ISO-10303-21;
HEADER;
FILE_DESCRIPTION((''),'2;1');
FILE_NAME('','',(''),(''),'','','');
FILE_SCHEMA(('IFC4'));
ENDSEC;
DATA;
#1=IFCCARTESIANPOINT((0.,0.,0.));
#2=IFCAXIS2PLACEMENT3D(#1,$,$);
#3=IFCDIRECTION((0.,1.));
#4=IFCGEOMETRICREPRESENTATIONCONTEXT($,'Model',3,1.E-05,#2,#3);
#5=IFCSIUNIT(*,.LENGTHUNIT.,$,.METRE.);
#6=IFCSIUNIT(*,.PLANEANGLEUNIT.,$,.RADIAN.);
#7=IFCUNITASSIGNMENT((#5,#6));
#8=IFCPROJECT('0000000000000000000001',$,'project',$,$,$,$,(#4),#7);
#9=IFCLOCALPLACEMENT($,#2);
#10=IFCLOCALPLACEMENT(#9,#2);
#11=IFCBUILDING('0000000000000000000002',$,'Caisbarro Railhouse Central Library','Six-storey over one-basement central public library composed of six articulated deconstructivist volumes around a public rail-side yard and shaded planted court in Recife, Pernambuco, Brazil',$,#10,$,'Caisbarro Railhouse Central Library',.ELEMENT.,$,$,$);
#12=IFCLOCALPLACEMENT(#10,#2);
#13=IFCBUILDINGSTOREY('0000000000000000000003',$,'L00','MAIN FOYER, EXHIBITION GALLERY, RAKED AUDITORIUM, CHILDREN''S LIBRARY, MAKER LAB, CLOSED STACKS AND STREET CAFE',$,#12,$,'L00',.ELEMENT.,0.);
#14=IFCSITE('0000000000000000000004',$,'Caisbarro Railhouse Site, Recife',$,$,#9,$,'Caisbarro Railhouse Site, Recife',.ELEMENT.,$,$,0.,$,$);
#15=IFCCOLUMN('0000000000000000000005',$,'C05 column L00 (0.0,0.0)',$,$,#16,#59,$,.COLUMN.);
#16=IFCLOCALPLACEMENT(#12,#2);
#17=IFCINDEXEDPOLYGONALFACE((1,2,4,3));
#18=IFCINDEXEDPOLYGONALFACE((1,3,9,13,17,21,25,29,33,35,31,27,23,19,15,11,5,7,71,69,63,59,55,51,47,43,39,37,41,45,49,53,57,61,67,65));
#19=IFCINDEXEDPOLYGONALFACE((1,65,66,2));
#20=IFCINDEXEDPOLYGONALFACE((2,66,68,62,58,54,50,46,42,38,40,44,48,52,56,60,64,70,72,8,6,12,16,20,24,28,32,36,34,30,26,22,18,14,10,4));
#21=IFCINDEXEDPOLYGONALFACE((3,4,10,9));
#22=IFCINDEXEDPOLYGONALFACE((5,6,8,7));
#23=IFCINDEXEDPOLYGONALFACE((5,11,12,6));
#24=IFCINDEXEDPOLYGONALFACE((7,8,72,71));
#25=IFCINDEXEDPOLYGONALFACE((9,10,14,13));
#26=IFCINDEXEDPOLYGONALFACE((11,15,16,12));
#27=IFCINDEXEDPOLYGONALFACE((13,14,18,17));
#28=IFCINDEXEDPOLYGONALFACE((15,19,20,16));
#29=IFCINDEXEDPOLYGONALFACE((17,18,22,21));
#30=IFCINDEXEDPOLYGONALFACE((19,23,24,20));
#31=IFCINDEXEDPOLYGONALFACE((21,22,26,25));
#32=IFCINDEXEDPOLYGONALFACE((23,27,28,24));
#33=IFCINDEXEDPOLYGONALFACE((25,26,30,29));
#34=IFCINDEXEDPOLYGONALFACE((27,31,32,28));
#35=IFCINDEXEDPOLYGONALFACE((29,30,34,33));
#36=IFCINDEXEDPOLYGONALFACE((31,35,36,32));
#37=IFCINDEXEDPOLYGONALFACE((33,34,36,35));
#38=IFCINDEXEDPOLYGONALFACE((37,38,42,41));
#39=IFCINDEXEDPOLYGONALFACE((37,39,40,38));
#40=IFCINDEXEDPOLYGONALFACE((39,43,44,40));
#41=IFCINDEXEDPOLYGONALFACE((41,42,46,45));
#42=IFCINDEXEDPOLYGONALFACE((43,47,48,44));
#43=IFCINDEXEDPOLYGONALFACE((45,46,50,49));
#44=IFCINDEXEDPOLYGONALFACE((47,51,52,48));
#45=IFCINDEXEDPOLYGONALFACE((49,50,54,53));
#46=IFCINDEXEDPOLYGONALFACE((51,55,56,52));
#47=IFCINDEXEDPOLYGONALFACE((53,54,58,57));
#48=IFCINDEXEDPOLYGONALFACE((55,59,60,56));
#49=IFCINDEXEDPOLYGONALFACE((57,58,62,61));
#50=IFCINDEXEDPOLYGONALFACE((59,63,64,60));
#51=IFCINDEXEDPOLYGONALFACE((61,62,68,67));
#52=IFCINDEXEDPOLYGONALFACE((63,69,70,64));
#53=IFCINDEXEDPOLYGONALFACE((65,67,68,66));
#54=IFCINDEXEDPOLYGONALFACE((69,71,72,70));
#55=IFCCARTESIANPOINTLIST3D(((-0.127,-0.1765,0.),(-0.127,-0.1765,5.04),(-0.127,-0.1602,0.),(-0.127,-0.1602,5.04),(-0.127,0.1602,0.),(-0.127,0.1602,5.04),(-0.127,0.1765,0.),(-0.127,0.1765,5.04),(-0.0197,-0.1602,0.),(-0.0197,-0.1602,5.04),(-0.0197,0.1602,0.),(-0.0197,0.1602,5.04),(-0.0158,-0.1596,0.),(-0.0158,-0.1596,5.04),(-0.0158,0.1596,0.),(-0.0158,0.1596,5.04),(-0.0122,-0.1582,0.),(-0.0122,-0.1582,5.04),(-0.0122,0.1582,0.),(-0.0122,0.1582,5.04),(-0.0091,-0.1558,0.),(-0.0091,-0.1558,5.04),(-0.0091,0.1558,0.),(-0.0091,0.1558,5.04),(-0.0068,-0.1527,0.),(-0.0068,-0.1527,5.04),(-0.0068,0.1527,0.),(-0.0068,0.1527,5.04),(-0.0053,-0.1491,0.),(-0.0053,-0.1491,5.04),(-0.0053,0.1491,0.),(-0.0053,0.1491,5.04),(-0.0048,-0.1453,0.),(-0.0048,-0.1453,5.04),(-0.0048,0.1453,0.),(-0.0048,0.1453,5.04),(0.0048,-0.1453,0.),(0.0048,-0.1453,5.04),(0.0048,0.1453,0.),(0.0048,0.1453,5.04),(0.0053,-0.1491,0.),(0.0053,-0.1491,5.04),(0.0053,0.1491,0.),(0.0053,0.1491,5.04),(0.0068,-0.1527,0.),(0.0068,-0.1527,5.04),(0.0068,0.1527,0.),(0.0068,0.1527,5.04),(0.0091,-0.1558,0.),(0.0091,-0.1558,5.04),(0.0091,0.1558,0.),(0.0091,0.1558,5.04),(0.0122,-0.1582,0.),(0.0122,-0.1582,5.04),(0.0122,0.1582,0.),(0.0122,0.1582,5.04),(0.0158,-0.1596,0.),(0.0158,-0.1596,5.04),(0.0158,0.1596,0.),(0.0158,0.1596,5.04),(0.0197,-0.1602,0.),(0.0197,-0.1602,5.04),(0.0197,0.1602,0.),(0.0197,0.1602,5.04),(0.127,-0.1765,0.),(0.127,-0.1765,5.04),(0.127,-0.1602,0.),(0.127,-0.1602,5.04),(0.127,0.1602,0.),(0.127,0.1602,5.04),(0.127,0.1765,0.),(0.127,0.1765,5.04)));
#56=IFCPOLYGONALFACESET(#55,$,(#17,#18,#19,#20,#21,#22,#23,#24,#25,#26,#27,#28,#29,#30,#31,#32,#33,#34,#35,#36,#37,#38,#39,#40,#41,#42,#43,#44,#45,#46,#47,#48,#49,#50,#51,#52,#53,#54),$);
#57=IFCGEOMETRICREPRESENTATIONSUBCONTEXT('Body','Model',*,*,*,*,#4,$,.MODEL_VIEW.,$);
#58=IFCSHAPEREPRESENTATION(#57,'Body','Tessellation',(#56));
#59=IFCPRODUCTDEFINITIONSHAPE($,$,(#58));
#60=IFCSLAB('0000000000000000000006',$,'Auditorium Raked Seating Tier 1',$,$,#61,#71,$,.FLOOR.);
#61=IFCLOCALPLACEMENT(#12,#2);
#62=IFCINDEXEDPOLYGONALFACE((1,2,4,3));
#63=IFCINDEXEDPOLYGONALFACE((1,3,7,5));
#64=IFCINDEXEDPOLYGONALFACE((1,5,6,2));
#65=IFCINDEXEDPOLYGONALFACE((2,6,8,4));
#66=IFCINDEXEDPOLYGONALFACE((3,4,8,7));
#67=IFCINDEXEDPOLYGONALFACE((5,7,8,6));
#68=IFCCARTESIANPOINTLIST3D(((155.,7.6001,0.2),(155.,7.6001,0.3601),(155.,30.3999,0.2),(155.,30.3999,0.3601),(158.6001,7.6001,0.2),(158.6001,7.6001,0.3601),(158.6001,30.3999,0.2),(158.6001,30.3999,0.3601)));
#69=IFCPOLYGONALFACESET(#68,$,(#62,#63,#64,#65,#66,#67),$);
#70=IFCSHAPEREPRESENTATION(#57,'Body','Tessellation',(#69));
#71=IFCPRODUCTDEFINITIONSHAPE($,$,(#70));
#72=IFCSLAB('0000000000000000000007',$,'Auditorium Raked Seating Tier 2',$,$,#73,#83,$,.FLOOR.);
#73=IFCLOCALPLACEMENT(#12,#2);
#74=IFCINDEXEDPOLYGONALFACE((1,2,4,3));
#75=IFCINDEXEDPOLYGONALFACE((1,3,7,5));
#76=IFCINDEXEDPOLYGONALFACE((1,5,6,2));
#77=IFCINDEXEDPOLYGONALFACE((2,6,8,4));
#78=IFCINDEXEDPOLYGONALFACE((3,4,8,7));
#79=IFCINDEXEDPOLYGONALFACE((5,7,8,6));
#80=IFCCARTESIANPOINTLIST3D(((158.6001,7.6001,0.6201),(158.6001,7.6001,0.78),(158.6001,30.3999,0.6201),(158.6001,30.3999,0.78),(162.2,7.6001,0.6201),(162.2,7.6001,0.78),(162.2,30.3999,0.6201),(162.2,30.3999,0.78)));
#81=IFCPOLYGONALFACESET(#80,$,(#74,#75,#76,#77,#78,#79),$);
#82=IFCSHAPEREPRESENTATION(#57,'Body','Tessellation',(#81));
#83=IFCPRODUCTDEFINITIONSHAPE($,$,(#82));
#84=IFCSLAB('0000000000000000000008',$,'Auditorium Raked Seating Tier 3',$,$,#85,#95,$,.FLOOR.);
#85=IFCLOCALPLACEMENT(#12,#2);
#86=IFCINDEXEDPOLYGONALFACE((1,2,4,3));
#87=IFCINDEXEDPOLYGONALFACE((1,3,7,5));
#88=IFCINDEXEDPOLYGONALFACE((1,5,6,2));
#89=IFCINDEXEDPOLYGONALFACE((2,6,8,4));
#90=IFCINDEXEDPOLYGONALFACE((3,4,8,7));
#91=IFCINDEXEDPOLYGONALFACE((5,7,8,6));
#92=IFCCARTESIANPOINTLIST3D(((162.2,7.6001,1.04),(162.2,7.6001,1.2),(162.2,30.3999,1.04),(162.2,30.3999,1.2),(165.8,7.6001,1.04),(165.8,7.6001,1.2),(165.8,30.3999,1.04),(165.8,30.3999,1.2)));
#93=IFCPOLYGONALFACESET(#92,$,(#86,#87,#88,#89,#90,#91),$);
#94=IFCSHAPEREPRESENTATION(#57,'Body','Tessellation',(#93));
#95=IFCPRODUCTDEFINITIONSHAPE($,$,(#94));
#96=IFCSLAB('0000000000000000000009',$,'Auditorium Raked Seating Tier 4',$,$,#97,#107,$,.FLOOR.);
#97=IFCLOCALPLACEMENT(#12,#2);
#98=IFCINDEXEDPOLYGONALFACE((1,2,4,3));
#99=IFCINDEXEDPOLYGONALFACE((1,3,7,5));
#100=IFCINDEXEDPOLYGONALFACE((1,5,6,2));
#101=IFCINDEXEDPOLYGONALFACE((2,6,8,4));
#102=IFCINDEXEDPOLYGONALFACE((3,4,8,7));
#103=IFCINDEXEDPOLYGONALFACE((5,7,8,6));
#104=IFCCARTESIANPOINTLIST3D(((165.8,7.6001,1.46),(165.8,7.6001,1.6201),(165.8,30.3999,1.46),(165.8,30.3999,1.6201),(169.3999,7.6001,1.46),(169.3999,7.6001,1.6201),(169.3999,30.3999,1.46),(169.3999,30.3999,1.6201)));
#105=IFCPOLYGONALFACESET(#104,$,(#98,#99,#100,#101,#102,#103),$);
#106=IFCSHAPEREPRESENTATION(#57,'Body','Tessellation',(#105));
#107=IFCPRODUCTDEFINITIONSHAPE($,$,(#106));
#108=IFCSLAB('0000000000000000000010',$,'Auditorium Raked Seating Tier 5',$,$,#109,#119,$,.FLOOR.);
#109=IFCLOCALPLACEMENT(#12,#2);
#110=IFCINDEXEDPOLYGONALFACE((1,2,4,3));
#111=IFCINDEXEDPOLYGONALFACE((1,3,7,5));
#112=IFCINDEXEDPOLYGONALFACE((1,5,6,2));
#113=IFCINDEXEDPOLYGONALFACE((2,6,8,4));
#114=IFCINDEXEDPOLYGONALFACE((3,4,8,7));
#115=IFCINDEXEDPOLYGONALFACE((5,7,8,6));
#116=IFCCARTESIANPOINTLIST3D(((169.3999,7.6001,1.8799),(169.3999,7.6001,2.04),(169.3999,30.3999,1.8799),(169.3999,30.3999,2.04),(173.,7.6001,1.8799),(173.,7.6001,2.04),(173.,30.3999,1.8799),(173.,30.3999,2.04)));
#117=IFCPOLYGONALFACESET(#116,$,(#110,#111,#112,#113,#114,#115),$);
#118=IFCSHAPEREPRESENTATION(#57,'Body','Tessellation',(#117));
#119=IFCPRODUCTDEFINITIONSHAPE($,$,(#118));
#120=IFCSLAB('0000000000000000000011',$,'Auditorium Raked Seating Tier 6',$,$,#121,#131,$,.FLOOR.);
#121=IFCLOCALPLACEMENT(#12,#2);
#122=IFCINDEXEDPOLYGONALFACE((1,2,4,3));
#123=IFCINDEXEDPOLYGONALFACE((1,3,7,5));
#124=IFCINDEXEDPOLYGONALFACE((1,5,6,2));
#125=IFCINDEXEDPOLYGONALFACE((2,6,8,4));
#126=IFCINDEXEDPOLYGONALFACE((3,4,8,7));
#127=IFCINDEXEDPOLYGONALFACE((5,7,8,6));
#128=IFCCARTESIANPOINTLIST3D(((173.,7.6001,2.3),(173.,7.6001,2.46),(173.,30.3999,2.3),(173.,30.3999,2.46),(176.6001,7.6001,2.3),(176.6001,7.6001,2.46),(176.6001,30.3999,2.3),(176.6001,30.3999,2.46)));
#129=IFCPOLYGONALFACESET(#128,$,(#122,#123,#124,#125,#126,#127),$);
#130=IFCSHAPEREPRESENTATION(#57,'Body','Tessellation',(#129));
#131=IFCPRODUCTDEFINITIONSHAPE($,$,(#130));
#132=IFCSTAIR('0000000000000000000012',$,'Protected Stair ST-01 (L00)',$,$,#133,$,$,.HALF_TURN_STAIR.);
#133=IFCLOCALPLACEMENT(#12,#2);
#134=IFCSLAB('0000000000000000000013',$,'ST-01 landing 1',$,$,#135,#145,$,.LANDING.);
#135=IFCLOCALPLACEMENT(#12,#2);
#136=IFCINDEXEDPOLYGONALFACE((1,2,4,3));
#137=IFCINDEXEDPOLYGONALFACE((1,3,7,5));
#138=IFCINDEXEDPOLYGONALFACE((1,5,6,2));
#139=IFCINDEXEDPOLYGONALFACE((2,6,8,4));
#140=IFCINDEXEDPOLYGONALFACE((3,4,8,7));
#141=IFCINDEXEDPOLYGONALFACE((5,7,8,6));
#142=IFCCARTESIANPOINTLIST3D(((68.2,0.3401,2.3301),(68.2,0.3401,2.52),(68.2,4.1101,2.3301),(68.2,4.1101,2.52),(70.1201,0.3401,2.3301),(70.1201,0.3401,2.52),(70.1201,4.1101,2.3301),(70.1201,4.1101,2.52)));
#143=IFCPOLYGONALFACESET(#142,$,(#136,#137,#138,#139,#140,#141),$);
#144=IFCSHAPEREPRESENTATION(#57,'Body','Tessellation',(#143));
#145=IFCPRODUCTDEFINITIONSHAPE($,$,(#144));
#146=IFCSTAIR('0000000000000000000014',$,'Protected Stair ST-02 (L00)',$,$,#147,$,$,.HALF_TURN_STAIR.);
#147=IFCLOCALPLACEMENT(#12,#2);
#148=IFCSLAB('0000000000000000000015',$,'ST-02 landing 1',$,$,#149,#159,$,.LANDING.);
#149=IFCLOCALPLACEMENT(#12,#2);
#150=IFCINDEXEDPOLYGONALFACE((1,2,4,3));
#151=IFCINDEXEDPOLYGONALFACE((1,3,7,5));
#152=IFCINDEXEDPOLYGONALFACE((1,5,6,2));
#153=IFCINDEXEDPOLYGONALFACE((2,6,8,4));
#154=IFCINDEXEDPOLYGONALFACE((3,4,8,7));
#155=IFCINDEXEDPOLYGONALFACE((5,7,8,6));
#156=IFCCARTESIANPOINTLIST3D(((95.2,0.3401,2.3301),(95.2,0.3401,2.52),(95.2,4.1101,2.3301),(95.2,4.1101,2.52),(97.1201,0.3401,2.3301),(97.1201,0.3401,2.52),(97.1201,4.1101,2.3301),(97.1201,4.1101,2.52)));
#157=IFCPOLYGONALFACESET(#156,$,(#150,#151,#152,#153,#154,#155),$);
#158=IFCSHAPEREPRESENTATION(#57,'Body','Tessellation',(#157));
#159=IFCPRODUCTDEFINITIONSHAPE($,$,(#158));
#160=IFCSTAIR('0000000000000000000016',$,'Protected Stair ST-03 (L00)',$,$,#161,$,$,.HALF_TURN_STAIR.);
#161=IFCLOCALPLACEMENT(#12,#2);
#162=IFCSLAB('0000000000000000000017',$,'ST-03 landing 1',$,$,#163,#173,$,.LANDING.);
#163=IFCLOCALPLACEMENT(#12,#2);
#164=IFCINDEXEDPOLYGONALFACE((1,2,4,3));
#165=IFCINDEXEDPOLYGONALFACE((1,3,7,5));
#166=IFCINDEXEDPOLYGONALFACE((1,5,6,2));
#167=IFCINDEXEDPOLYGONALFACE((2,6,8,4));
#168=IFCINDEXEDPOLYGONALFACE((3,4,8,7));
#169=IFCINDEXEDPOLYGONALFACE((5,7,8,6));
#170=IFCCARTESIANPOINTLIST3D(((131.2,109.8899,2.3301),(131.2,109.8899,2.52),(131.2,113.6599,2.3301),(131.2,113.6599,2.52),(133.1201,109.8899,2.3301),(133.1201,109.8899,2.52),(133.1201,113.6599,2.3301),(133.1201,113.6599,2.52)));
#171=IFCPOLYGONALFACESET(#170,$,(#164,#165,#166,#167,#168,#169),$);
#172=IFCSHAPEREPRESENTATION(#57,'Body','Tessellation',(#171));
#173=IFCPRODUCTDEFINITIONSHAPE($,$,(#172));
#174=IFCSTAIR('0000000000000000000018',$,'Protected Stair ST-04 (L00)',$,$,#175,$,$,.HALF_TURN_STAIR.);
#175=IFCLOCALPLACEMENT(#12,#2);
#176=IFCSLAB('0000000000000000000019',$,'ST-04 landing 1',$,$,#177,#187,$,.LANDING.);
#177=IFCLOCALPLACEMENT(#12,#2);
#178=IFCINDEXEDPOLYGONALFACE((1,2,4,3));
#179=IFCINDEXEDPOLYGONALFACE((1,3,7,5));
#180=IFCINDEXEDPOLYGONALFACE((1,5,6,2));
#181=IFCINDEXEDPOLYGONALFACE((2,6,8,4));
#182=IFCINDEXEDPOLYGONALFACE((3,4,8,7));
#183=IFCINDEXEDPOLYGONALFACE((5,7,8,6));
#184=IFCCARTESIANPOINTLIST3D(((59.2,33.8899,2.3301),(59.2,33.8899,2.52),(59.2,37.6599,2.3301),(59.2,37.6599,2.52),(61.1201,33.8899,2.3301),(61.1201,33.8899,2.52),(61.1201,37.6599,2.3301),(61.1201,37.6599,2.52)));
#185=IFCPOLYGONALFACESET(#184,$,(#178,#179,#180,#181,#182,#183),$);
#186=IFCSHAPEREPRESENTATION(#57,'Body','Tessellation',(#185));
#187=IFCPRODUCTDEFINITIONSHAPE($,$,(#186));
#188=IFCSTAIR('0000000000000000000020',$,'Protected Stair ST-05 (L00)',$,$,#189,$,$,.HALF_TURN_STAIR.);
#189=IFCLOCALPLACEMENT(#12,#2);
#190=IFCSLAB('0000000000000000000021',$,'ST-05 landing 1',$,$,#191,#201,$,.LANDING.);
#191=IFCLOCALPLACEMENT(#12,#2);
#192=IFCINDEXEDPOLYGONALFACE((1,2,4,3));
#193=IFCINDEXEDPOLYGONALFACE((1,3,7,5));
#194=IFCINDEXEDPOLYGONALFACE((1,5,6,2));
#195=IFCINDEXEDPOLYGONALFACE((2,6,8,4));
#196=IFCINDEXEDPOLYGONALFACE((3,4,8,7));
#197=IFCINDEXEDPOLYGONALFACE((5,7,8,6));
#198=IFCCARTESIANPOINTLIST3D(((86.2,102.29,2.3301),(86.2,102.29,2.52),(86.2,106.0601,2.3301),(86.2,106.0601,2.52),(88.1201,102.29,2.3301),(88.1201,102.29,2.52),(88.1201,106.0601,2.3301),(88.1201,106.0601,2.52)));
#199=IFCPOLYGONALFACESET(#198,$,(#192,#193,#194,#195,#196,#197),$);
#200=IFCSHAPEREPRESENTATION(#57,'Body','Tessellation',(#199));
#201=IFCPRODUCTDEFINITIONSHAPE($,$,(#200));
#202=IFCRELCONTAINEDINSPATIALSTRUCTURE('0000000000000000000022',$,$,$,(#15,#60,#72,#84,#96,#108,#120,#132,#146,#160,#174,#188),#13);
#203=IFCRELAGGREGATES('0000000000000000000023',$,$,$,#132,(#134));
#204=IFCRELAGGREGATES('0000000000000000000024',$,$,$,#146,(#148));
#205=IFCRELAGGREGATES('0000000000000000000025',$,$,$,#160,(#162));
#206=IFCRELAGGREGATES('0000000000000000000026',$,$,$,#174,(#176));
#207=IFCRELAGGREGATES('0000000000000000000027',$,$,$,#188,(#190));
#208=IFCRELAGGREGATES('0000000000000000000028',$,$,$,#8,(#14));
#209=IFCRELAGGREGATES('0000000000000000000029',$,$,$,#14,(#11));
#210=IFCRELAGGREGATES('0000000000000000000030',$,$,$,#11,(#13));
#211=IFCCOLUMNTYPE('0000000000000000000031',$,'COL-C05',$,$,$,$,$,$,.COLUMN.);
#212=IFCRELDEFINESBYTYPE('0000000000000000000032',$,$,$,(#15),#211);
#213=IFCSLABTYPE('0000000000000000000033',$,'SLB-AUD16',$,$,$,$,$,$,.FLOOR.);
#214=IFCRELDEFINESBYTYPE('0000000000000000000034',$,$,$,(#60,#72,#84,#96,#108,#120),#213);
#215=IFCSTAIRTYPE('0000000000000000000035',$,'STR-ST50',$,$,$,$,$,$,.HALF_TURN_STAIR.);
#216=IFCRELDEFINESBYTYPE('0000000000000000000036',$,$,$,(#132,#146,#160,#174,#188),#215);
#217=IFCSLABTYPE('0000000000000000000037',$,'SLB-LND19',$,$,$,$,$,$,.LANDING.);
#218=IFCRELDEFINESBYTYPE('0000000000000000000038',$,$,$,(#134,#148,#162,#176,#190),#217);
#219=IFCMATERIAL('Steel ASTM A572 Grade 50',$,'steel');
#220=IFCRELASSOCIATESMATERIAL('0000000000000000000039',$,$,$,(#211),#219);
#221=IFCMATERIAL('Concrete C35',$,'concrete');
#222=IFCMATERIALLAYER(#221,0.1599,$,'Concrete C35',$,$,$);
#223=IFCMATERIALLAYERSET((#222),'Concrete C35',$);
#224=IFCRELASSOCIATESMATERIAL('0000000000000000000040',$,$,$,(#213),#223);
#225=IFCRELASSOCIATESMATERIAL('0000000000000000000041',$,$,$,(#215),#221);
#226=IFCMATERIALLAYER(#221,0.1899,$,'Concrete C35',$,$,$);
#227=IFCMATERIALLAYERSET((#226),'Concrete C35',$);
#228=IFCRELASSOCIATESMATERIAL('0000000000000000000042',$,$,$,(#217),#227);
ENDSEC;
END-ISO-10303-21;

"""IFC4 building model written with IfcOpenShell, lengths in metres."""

from ifc_helpers import new_model, si_unit, direction, frame, origin, origin_with_axes, origin_2d, place, context, subcontext, project, spatial, polyline, i_section, outline, extrude, material, layer, layer_set, material_profile, profile_set, type_object, element, aggregate, save


model = new_model("IFC4")

# Units and contexts
model_context = context("Model", 3, precision=1e-05, world=origin(), true_north=direction((0.0, 1.0)))
body_context = subcontext(model_context, "Body", "Model", "MODEL_VIEW")
ifc_project = project(units=[si_unit("LENGTHUNIT", "METRE"), si_unit("PLANEANGLEUNIT", "RADIAN")], contexts=[model_context])

# Site, building, storey
site_placement = place(None, origin())
site = spatial("IfcSite", under=ifc_project, at=site_placement, Name="Caisbarro Railhouse Site, Recife", LongName="Caisbarro Railhouse Site, Recife", CompositionType="ELEMENT", RefElevation=0.0)
building_placement = place(site_placement, origin())
building = spatial("IfcBuilding", under=site, at=building_placement, Name="Caisbarro Railhouse Central Library", Description="Six-storey over one-basement central public library composed of six articulated deconstructivist volumes around a public rail-side yard and shaded planted court in Recife, Pernambuco, Brazil", LongName="Caisbarro Railhouse Central Library", CompositionType="ELEMENT")
storey_placement = place(building_placement, origin())
storey = spatial("IfcBuildingStorey", under=building, at=storey_placement, Name="L00", Description="MAIN FOYER, EXHIBITION GALLERY, RAKED AUDITORIUM, CHILDREN'S LIBRARY, MAKER LAB, CLOSED STACKS AND STREET CAFE", LongName="L00", CompositionType="ELEMENT", Elevation=0.0)

# Column
ifc_material_1 = material(Name="Steel ASTM A572 Grade 50", Category="steel")
ifc_material_profile = material_profile(ifc_material_1, i_section(OverallWidth=0.2539, OverallDepth=0.353, WebThickness=0.0095, FlangeThickness=0.0164, FilletRadius=0.0149, at=origin_2d()), Name="W360X91.0")
ifc_profile_set = profile_set([ifc_material_profile], Name="Steel ASTM A572 Grade 50")
column_type = type_object("IfcColumnType", Name="COL-C05", PredefinedType="COLUMN", material=ifc_profile_set)
column_placement = place(storey_placement, origin_with_axes())
element("IfcColumn", 1, at=column_placement, inside=storey, type_object=column_type, Name="C05 column L00 (0.0,0.0)", PredefinedType="COLUMN", context=body_context, shape_type="SweptSolid", body=[
    extrude(i_section(OverallWidth=0.2539, OverallDepth=0.353, WebThickness=0.0095, FlangeThickness=0.0164, FilletRadius=0.0149, at=origin_2d()), origin(), (0.0, 0.0, 1.0), 5.04),
])

# Slabs
ifc_material_2 = material(Name="Concrete C35", Category="concrete")
ifc_layer_1 = layer(ifc_material_2, 0.1599, Name="Concrete C35")
ifc_layer_set_1 = layer_set([ifc_layer_1], Name="Concrete C35")
slab_type_1 = type_object("IfcSlabType", Name="SLB-AUD16", PredefinedType="FLOOR", material=ifc_layer_set_1)
slab_1_placement = place(storey_placement, frame((0.0, 0.0, 0.2)))
element("IfcSlab", 2, at=slab_1_placement, inside=storey, type_object=slab_type_1, Name="Auditorium Raked Seating Tier 1", PredefinedType="FLOOR", context=body_context, shape_type="SweptSolid", body=[
    extrude(outline(polyline([(155.0, 7.6001), (158.6001, 7.6001), (158.6001, 30.3999), (155.0, 30.3999), (155.0, 7.6001)])), origin(), (0.0, 0.0, 1.0), 0.1602),
])
slab_2_placement = place(storey_placement, frame((0.0, 0.0, 0.6201)))
element("IfcSlab", 3, at=slab_2_placement, inside=storey, type_object=slab_type_1, Name="Auditorium Raked Seating Tier 2", PredefinedType="FLOOR", context=body_context, shape_type="SweptSolid", body=[
    extrude(outline(polyline([(158.6001, 7.6001), (162.2, 7.6001), (162.2, 30.3999), (158.6001, 30.3999), (158.6001, 7.6001)])), origin(), (0.0, 0.0, 1.0), 0.1599),
])
slab_3_placement = place(storey_placement, frame((0.0, 0.0, 1.04)))
element("IfcSlab", 4, at=slab_3_placement, inside=storey, type_object=slab_type_1, Name="Auditorium Raked Seating Tier 3", PredefinedType="FLOOR", context=body_context, shape_type="SweptSolid", body=[
    extrude(outline(polyline([(162.2, 7.6001), (165.8, 7.6001), (165.8, 30.3999), (162.2, 30.3999), (162.2, 7.6001)])), origin(), (0.0, 0.0, 1.0), 0.1599),
])
slab_4_placement = place(storey_placement, frame((0.0, 0.0, 1.46)))
element("IfcSlab", 5, at=slab_4_placement, inside=storey, type_object=slab_type_1, Name="Auditorium Raked Seating Tier 4", PredefinedType="FLOOR", context=body_context, shape_type="SweptSolid", body=[
    extrude(outline(polyline([(165.8, 7.6001), (169.3999, 7.6001), (169.3999, 30.3999), (165.8, 30.3999), (165.8, 7.6001)])), origin(), (0.0, 0.0, 1.0), 0.1602),
])
slab_5_placement = place(storey_placement, frame((0.0, 0.0, 1.8799)))
element("IfcSlab", 6, at=slab_5_placement, inside=storey, type_object=slab_type_1, Name="Auditorium Raked Seating Tier 5", PredefinedType="FLOOR", context=body_context, shape_type="SweptSolid", body=[
    extrude(outline(polyline([(169.3999, 7.6001), (173.0, 7.6001), (173.0, 30.3999), (169.3999, 30.3999), (169.3999, 7.6001)])), origin(), (0.0, 0.0, 1.0), 0.1602),
])
slab_6_placement = place(storey_placement, frame((0.0, 0.0, 2.3)))
element("IfcSlab", 7, at=slab_6_placement, inside=storey, type_object=slab_type_1, Name="Auditorium Raked Seating Tier 6", PredefinedType="FLOOR", context=body_context, shape_type="SweptSolid", body=[
    extrude(outline(polyline([(173.0, 7.6001), (176.6001, 7.6001), (176.6001, 30.3999), (173.0, 30.3999), (173.0, 7.6001)])), origin(), (0.0, 0.0, 1.0), 0.1599),
])

# Stairs, slabs
stair_type = type_object("IfcStairType", Name="STR-ST50", PredefinedType="HALF_TURN_STAIR", material=ifc_material_2)
stair_1_placement = place(storey_placement, origin())
stair_1 = element("IfcStair", 8, at=stair_1_placement, inside=storey, type_object=stair_type, Name="Protected Stair ST-01 (L00)", PredefinedType="HALF_TURN_STAIR")
ifc_layer_2 = layer(ifc_material_2, 0.1899, Name="Concrete C35")
ifc_layer_set_2 = layer_set([ifc_layer_2], Name="Concrete C35")
slab_type_2 = type_object("IfcSlabType", Name="SLB-LND19", PredefinedType="LANDING", material=ifc_layer_set_2)
slab_7_placement = place(storey_placement, frame((0.0, 0.0, 2.3301)))
slab_7 = element("IfcSlab", 9, at=slab_7_placement, type_object=slab_type_2, Name="ST-01 landing 1", PredefinedType="LANDING", context=body_context, shape_type="SweptSolid", body=[
    extrude(outline(polyline([(68.2, 0.3401), (70.1201, 0.3401), (70.1201, 4.1101), (68.2, 4.1101), (68.2, 0.3401)])), origin(), (0.0, 0.0, 1.0), 0.1899),
])
aggregate(stair_1, [slab_7])
stair_2_placement = place(storey_placement, origin())
stair_2 = element("IfcStair", 10, at=stair_2_placement, inside=storey, type_object=stair_type, Name="Protected Stair ST-02 (L00)", PredefinedType="HALF_TURN_STAIR")
slab_8_placement = place(storey_placement, frame((0.0, 0.0, 2.3301)))
slab_8 = element("IfcSlab", 11, at=slab_8_placement, type_object=slab_type_2, Name="ST-02 landing 1", PredefinedType="LANDING", context=body_context, shape_type="SweptSolid", body=[
    extrude(outline(polyline([(95.2, 0.3401), (97.1201, 0.3401), (97.1201, 4.1101), (95.2, 4.1101), (95.2, 0.3401)])), origin(), (0.0, 0.0, 1.0), 0.1899),
])
aggregate(stair_2, [slab_8])
stair_3_placement = place(storey_placement, origin())
stair_3 = element("IfcStair", 12, at=stair_3_placement, inside=storey, type_object=stair_type, Name="Protected Stair ST-03 (L00)", PredefinedType="HALF_TURN_STAIR")
slab_9_placement = place(storey_placement, frame((0.0, 0.0, 2.3301)))
slab_9 = element("IfcSlab", 13, at=slab_9_placement, type_object=slab_type_2, Name="ST-03 landing 1", PredefinedType="LANDING", context=body_context, shape_type="SweptSolid", body=[
    extrude(outline(polyline([(131.2, 109.8899), (133.1201, 109.8899), (133.1201, 113.6599), (131.2, 113.6599), (131.2, 109.8899)])), origin(), (0.0, 0.0, 1.0), 0.1899),
])
aggregate(stair_3, [slab_9])
stair_4_placement = place(storey_placement, origin())
stair_4 = element("IfcStair", 14, at=stair_4_placement, inside=storey, type_object=stair_type, Name="Protected Stair ST-04 (L00)", PredefinedType="HALF_TURN_STAIR")
slab_10_placement = place(storey_placement, frame((0.0, 0.0, 2.3301)))
slab_10 = element("IfcSlab", 15, at=slab_10_placement, type_object=slab_type_2, Name="ST-04 landing 1", PredefinedType="LANDING", context=body_context, shape_type="SweptSolid", body=[
    extrude(outline(polyline([(59.2, 33.8899), (61.1201, 33.8899), (61.1201, 37.6599), (59.2, 37.6599), (59.2, 33.8899)])), origin(), (0.0, 0.0, 1.0), 0.1899),
])
aggregate(stair_4, [slab_10])
stair_5_placement = place(storey_placement, origin())
stair_5 = element("IfcStair", 16, at=stair_5_placement, inside=storey, type_object=stair_type, Name="Protected Stair ST-05 (L00)", PredefinedType="HALF_TURN_STAIR")
slab_11_placement = place(storey_placement, frame((0.0, 0.0, 2.3301)))
slab_11 = element("IfcSlab", 17, at=slab_11_placement, type_object=slab_type_2, Name="ST-05 landing 1", PredefinedType="LANDING", context=body_context, shape_type="SweptSolid", body=[
    extrude(outline(polyline([(86.2, 102.29), (88.1201, 102.29), (88.1201, 106.0601), (86.2, 106.0601), (86.2, 102.29)])), origin(), (0.0, 0.0, 1.0), 0.1899),
])
aggregate(stair_5, [slab_11])

save(model, "model.ifc")
